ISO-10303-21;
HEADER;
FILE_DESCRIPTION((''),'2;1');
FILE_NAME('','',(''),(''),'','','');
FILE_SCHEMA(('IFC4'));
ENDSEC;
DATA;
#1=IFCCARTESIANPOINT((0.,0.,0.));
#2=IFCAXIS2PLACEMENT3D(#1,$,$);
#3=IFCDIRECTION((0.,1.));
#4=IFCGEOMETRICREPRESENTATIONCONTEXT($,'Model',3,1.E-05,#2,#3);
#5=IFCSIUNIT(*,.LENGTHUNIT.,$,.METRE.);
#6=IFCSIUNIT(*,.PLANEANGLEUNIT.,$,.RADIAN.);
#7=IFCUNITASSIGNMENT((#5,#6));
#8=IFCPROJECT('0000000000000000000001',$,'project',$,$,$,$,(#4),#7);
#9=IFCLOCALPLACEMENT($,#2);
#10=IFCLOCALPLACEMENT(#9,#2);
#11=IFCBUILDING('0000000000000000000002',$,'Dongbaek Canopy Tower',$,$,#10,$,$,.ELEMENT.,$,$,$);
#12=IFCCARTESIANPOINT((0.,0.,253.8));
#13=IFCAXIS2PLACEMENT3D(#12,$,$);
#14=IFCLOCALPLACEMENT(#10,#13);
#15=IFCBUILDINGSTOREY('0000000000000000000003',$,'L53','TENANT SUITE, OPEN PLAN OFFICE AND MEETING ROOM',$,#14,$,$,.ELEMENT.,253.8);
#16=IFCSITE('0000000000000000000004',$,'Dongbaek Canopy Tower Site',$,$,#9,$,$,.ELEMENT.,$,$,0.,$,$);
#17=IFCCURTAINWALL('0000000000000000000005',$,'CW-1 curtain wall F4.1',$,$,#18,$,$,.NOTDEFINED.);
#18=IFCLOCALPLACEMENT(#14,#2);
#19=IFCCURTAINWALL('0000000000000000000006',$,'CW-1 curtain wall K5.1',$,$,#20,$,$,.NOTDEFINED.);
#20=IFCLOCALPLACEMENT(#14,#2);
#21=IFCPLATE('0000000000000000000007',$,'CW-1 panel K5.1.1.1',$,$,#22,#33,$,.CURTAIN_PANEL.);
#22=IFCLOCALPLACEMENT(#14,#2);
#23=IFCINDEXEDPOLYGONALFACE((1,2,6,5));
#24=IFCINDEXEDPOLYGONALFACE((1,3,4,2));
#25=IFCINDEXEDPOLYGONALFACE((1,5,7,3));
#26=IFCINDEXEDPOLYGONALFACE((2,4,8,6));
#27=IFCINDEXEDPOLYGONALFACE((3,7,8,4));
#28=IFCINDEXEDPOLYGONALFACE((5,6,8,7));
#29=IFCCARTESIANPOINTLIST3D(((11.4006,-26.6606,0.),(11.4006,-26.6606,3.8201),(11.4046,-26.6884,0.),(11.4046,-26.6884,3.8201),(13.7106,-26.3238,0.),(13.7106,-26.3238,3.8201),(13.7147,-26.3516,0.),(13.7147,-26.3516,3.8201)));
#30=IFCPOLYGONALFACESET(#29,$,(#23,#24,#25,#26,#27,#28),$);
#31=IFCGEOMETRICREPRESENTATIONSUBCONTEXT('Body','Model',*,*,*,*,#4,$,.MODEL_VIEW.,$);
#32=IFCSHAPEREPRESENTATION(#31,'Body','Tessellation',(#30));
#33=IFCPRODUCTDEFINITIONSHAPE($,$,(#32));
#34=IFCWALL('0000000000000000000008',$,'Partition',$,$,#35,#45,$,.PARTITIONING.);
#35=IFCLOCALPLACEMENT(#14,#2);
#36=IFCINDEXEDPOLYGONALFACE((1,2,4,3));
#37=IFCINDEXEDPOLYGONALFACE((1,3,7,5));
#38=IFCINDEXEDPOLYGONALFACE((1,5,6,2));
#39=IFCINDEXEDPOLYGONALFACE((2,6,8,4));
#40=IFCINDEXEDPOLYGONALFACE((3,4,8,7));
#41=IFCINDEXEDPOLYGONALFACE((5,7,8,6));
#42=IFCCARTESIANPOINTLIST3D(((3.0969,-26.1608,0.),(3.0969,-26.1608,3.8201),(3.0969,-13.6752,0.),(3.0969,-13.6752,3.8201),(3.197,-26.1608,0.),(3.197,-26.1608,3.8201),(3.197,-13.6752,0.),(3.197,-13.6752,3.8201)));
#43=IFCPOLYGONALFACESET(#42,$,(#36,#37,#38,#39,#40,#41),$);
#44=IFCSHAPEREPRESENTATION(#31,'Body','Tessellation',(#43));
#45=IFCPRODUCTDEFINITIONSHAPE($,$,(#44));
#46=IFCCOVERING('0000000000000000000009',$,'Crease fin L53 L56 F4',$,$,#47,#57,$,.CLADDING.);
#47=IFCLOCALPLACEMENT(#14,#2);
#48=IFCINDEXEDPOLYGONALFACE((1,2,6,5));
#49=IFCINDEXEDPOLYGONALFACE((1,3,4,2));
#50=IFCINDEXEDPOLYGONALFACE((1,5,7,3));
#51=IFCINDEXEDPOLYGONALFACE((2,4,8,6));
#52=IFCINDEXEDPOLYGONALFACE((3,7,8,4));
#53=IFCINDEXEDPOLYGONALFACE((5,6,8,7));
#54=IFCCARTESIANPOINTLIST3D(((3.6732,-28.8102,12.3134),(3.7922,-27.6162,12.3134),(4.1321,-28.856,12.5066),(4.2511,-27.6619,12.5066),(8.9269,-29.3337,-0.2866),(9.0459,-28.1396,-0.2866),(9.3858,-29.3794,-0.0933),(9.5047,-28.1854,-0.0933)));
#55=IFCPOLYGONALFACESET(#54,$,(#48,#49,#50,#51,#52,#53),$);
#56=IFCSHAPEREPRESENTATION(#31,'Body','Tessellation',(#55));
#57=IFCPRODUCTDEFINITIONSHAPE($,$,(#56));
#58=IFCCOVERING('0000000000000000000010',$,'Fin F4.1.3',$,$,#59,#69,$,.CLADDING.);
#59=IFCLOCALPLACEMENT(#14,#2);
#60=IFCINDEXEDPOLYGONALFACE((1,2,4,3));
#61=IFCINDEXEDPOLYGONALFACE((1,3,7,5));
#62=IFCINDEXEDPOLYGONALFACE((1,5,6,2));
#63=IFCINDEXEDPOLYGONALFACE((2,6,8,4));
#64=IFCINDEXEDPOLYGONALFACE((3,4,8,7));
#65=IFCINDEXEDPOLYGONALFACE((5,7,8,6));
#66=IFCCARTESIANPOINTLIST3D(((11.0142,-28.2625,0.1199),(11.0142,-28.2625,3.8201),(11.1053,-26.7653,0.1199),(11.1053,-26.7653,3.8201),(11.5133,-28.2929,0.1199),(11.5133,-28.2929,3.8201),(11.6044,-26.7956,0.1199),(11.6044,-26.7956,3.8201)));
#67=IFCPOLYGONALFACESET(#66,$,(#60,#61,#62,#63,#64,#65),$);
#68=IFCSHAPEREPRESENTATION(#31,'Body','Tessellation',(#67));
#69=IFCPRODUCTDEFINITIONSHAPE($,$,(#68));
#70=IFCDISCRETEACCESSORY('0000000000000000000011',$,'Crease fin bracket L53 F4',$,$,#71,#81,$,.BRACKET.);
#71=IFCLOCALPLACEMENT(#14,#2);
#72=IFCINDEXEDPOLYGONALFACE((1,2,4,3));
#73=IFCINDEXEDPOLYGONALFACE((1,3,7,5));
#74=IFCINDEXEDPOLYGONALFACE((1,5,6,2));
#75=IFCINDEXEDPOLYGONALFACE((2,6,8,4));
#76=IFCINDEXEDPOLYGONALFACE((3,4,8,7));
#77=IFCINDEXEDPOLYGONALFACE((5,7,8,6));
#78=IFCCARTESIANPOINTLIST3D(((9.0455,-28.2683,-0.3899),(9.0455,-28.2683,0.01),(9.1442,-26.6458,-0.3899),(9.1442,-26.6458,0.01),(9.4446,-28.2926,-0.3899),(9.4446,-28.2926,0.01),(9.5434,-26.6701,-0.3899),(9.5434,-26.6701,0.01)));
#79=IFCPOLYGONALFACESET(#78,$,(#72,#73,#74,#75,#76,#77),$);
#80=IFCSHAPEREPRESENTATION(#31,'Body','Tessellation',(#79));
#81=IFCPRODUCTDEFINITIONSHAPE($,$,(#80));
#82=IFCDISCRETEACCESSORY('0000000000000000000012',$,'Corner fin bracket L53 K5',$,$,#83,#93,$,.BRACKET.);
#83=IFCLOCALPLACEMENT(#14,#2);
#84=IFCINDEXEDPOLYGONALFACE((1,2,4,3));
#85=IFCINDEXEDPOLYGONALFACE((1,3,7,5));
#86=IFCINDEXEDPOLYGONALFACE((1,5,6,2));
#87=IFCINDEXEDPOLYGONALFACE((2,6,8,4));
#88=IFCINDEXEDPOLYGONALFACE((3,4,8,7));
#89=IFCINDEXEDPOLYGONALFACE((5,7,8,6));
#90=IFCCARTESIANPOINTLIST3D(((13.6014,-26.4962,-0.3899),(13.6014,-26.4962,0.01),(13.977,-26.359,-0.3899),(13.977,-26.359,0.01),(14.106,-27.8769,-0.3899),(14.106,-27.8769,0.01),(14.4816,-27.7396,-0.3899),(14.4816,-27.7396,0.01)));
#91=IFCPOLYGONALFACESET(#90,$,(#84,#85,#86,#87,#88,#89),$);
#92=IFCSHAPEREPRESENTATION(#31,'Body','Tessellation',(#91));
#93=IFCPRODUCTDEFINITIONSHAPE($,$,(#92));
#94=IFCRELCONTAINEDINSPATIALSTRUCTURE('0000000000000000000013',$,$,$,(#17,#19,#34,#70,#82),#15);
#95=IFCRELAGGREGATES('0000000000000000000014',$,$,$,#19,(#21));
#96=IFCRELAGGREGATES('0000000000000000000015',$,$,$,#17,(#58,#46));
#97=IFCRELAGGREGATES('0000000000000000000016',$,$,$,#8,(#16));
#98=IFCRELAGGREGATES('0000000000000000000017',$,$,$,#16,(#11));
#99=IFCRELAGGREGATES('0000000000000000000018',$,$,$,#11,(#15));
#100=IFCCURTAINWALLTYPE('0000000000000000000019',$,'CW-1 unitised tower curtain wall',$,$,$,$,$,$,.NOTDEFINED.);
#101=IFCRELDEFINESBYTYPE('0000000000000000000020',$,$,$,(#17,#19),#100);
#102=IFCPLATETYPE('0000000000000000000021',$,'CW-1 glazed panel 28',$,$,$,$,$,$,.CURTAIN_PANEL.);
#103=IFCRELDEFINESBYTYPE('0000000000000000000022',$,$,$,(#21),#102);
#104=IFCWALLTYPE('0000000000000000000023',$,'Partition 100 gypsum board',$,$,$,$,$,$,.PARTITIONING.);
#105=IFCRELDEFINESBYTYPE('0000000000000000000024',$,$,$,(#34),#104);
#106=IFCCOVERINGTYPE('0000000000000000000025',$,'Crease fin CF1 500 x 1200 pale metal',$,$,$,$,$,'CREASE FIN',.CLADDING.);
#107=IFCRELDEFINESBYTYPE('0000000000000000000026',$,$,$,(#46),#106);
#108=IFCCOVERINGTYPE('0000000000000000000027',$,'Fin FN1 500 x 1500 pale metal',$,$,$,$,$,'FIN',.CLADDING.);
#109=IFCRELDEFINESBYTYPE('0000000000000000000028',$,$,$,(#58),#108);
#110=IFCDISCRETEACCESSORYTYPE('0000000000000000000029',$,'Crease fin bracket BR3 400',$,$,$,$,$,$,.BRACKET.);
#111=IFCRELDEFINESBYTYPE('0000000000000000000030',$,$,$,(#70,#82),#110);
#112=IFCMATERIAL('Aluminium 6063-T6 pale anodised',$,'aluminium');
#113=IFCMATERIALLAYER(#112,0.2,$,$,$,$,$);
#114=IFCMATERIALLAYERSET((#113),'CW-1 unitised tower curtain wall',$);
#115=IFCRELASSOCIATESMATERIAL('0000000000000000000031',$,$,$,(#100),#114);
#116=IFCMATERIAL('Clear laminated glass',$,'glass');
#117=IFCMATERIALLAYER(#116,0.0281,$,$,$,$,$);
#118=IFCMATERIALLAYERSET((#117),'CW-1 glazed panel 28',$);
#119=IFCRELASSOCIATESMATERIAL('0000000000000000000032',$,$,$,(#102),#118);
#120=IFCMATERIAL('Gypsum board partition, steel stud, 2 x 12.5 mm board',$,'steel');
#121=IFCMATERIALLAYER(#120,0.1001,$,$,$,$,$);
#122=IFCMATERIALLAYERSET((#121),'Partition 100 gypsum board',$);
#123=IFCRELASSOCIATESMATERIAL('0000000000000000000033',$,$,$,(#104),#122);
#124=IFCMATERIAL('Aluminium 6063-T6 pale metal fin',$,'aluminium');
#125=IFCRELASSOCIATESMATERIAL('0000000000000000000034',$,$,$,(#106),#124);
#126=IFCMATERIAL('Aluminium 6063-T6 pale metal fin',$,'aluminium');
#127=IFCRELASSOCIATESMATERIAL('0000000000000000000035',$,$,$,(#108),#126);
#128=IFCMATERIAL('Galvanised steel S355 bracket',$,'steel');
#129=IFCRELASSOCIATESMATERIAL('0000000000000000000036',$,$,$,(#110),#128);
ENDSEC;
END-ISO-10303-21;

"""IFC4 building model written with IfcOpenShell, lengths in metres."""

from ifc_helpers import new_model, si_unit, direction, frame, frame_2d, origin, origin_2d, place, context, subcontext, project, spatial, rectangle, extrude, material, layer, layer_set, material_profile, profile_set, type_object, element, aggregate, save


model = new_model("IFC4")

# Units and contexts
model_context = context("Model", 3, precision=1e-05, world=origin(), true_north=direction((0.0, 1.0)))
body_context = subcontext(model_context, "Body", "Model", "MODEL_VIEW")
ifc_project = project(units=[si_unit("LENGTHUNIT", "METRE"), si_unit("PLANEANGLEUNIT", "RADIAN")], contexts=[model_context])

# Site, building, storey
site_placement = place(None, origin())
site = spatial("IfcSite", under=ifc_project, at=site_placement, Name="Dongbaek Canopy Tower Site", CompositionType="ELEMENT", RefElevation=0.0)
building_placement = place(site_placement, origin())
building = spatial("IfcBuilding", under=site, at=building_placement, Name="Dongbaek Canopy Tower", CompositionType="ELEMENT")
storey_placement = place(building_placement, frame((0.0, 0.0, 253.8)))
storey = spatial("IfcBuildingStorey", under=building, at=storey_placement, Name="L53", Description="TENANT SUITE, OPEN PLAN OFFICE AND MEETING ROOM", CompositionType="ELEMENT", Elevation=253.8)

# Curtain wall
ifc_material_1 = material(Name="Aluminium 6063-T6 pale anodised", Category="aluminium")
ifc_layer_1 = layer(ifc_material_1, 0.2)
ifc_layer_set_1 = layer_set([ifc_layer_1], Name="CW-1 unitised tower curtain wall")
curtain_wall_type = type_object("IfcCurtainWallType", Name="CW-1 unitised tower curtain wall", PredefinedType="NOTDEFINED", material=ifc_layer_set_1)
curtain_wall_1_placement = place(storey_placement, origin())
curtain_wall_1 = element("IfcCurtainWall", 1, at=curtain_wall_1_placement, inside=storey, type_object=curtain_wall_type, Name="CW-1 curtain wall F4.1", PredefinedType="NOTDEFINED")

# Curtain wall
curtain_wall_2_placement = place(storey_placement, origin())
curtain_wall_2 = element("IfcCurtainWall", 2, at=curtain_wall_2_placement, inside=storey, type_object=curtain_wall_type, Name="CW-1 curtain wall K5.1", PredefinedType="NOTDEFINED")

# Plate
ifc_material_2 = material(Name="Clear laminated glass", Category="glass")
ifc_layer_2 = layer(ifc_material_2, 0.0281)
ifc_layer_set_2 = layer_set([ifc_layer_2], Name="CW-1 glazed panel 28")
plate_type = type_object("IfcPlateType", Name="CW-1 glazed panel 28", PredefinedType="CURTAIN_PANEL", material=ifc_layer_set_2)
plate_1_placement = place(storey_placement, frame((12.5576, -26.5061, 0.0), z_axis=(0.0, 0.0, 1.0), x_axis=(0.989536, 0.144286, 0.0)))
plate_1 = element("IfcPlate", 3, at=plate_1_placement, type_object=plate_type, Name="CW-1 panel K5.1.1.1", PredefinedType="CURTAIN_PANEL", context=body_context, shape_type="SweptSolid", body=[
    extrude(rectangle(XDim=2.3345, YDim=0.0281, at=origin_2d()), origin(), (0.0, 0.0, 1.0), 3.8201),
])
aggregate(curtain_wall_2, [plate_1])

# Wall
ifc_material_3 = material(Name="Gypsum board partition, steel stud, 2 x 12.5 mm board", Category="steel")
ifc_layer_3 = layer(ifc_material_3, 0.1001)
ifc_layer_set_3 = layer_set([ifc_layer_3], Name="Partition 100 gypsum board")
wall_type = type_object("IfcWallType", Name="Partition 100 gypsum board", PredefinedType="PARTITIONING", material=ifc_layer_set_3)
wall_placement = place(storey_placement, frame((3.147, -26.1606, 0.0), z_axis=(0.0, 0.0, 1.0), x_axis=(0.0, 1.0, 0.0)))
element("IfcWall", 4, at=wall_placement, inside=storey, type_object=wall_type, Name="Partition", PredefinedType="PARTITIONING", context=body_context, shape_type="SweptSolid", body=[
    extrude(rectangle(XDim=12.4856, YDim=0.1001, at=frame_2d((6.2427, 0.0))), origin(), (0.0, 0.0, 1.0), 3.8201),
])

# Coverings
ifc_material_4 = material(Name="Aluminium 6063-T6 pale metal fin", Category="aluminium")
ifc_material_profile_1 = material_profile(ifc_material_4, rectangle(XDim=1.2, YDim=0.5, at=origin_2d()), Name="Crease fin CF1 500 x 1200 pale metal")
ifc_profile_set_1 = profile_set([ifc_material_profile_1], Name="Aluminium 6063-T6 pale metal fin")
covering_type_1 = type_object("IfcCoveringType", Name="Crease fin CF1 500 x 1200 pale metal", ElementType="CREASE FIN", PredefinedType="CLADDING", material=ifc_profile_set_1)
covering_1_placement = place(storey_placement, frame((9.2158, -28.7595, -0.1899), z_axis=(-0.384565, 0.038315, 0.922302), x_axis=(-0.099142, -0.995073, 0.0)))
covering_1 = element("IfcCovering", 5, at=covering_1_placement, type_object=covering_type_1, Name="Crease fin L53 L56 F4", PredefinedType="CLADDING", context=body_context, shape_type="SweptSolid", body=[
    extrude(rectangle(XDim=1.2, YDim=0.5, at=origin_2d()), origin(), (0.0, 0.0, 1.0), 13.6614),
])
ifc_material_5 = material(Name="Aluminium 6063-T6 pale metal fin", Category="aluminium")
ifc_material_profile_2 = material_profile(ifc_material_5, rectangle(XDim=1.5, YDim=0.5, at=origin_2d()), Name="Fin FN1 500 x 1500 pale metal")
ifc_profile_set_2 = profile_set([ifc_material_profile_2], Name="Aluminium 6063-T6 pale metal fin")
covering_type_2 = type_object("IfcCoveringType", Name="Fin FN1 500 x 1500 pale metal", ElementType="FIN", PredefinedType="CLADDING", material=ifc_profile_set_2)
covering_2_placement = place(storey_placement, frame((11.3093, -27.5291, 0.1199), z_axis=(0.0, 0.0, 1.0), x_axis=(-0.060746, -0.998153, 0.0)))
covering_2 = element("IfcCovering", 6, at=covering_2_placement, type_object=covering_type_2, Name="Fin F4.1.3", PredefinedType="CLADDING", context=body_context, shape_type="SweptSolid", body=[
    extrude(rectangle(XDim=1.5, YDim=0.5, at=origin_2d()), origin(), (0.0, 0.0, 1.0), 3.7002),
])
aggregate(curtain_wall_1, [covering_2, covering_1])

# Discrete accessories
ifc_material_6 = material(Name="Galvanised steel S355 bracket", Category="steel")
discrete_accessory_type = type_object("IfcDiscreteAccessoryType", Name="Crease fin bracket BR3 400", PredefinedType="BRACKET", material=ifc_material_6)
discrete_accessory_1_placement = place(storey_placement, frame((9.2944, -27.4692, -0.3899), z_axis=(0.0, 0.0, 1.0), x_axis=(-0.060745, -0.998153, 0.0)))
element("IfcDiscreteAccessory", 7, at=discrete_accessory_1_placement, inside=storey, type_object=discrete_accessory_type, Name="Crease fin bracket L53 F4", PredefinedType="BRACKET", context=body_context, shape_type="SweptSolid", body=[
    extrude(rectangle(XDim=1.6255, YDim=0.3999, at=origin_2d()), origin(), (0.0, 0.0, 1.0), 0.3999),
])
discrete_accessory_2_placement = place(storey_placement, frame((14.0415, -27.1179, -0.3899), z_axis=(0.0, 0.0, 1.0), x_axis=(0.343242, -0.939247, 0.0)))
element("IfcDiscreteAccessory", 8, at=discrete_accessory_2_placement, inside=storey, type_object=discrete_accessory_type, Name="Corner fin bracket L53 K5", PredefinedType="BRACKET", context=body_context, shape_type="SweptSolid", body=[
    extrude(rectangle(XDim=1.47, YDim=0.3999, at=origin_2d()), origin(), (0.0, 0.0, 1.0), 0.3999),
])

save(model, "model.ifc")
